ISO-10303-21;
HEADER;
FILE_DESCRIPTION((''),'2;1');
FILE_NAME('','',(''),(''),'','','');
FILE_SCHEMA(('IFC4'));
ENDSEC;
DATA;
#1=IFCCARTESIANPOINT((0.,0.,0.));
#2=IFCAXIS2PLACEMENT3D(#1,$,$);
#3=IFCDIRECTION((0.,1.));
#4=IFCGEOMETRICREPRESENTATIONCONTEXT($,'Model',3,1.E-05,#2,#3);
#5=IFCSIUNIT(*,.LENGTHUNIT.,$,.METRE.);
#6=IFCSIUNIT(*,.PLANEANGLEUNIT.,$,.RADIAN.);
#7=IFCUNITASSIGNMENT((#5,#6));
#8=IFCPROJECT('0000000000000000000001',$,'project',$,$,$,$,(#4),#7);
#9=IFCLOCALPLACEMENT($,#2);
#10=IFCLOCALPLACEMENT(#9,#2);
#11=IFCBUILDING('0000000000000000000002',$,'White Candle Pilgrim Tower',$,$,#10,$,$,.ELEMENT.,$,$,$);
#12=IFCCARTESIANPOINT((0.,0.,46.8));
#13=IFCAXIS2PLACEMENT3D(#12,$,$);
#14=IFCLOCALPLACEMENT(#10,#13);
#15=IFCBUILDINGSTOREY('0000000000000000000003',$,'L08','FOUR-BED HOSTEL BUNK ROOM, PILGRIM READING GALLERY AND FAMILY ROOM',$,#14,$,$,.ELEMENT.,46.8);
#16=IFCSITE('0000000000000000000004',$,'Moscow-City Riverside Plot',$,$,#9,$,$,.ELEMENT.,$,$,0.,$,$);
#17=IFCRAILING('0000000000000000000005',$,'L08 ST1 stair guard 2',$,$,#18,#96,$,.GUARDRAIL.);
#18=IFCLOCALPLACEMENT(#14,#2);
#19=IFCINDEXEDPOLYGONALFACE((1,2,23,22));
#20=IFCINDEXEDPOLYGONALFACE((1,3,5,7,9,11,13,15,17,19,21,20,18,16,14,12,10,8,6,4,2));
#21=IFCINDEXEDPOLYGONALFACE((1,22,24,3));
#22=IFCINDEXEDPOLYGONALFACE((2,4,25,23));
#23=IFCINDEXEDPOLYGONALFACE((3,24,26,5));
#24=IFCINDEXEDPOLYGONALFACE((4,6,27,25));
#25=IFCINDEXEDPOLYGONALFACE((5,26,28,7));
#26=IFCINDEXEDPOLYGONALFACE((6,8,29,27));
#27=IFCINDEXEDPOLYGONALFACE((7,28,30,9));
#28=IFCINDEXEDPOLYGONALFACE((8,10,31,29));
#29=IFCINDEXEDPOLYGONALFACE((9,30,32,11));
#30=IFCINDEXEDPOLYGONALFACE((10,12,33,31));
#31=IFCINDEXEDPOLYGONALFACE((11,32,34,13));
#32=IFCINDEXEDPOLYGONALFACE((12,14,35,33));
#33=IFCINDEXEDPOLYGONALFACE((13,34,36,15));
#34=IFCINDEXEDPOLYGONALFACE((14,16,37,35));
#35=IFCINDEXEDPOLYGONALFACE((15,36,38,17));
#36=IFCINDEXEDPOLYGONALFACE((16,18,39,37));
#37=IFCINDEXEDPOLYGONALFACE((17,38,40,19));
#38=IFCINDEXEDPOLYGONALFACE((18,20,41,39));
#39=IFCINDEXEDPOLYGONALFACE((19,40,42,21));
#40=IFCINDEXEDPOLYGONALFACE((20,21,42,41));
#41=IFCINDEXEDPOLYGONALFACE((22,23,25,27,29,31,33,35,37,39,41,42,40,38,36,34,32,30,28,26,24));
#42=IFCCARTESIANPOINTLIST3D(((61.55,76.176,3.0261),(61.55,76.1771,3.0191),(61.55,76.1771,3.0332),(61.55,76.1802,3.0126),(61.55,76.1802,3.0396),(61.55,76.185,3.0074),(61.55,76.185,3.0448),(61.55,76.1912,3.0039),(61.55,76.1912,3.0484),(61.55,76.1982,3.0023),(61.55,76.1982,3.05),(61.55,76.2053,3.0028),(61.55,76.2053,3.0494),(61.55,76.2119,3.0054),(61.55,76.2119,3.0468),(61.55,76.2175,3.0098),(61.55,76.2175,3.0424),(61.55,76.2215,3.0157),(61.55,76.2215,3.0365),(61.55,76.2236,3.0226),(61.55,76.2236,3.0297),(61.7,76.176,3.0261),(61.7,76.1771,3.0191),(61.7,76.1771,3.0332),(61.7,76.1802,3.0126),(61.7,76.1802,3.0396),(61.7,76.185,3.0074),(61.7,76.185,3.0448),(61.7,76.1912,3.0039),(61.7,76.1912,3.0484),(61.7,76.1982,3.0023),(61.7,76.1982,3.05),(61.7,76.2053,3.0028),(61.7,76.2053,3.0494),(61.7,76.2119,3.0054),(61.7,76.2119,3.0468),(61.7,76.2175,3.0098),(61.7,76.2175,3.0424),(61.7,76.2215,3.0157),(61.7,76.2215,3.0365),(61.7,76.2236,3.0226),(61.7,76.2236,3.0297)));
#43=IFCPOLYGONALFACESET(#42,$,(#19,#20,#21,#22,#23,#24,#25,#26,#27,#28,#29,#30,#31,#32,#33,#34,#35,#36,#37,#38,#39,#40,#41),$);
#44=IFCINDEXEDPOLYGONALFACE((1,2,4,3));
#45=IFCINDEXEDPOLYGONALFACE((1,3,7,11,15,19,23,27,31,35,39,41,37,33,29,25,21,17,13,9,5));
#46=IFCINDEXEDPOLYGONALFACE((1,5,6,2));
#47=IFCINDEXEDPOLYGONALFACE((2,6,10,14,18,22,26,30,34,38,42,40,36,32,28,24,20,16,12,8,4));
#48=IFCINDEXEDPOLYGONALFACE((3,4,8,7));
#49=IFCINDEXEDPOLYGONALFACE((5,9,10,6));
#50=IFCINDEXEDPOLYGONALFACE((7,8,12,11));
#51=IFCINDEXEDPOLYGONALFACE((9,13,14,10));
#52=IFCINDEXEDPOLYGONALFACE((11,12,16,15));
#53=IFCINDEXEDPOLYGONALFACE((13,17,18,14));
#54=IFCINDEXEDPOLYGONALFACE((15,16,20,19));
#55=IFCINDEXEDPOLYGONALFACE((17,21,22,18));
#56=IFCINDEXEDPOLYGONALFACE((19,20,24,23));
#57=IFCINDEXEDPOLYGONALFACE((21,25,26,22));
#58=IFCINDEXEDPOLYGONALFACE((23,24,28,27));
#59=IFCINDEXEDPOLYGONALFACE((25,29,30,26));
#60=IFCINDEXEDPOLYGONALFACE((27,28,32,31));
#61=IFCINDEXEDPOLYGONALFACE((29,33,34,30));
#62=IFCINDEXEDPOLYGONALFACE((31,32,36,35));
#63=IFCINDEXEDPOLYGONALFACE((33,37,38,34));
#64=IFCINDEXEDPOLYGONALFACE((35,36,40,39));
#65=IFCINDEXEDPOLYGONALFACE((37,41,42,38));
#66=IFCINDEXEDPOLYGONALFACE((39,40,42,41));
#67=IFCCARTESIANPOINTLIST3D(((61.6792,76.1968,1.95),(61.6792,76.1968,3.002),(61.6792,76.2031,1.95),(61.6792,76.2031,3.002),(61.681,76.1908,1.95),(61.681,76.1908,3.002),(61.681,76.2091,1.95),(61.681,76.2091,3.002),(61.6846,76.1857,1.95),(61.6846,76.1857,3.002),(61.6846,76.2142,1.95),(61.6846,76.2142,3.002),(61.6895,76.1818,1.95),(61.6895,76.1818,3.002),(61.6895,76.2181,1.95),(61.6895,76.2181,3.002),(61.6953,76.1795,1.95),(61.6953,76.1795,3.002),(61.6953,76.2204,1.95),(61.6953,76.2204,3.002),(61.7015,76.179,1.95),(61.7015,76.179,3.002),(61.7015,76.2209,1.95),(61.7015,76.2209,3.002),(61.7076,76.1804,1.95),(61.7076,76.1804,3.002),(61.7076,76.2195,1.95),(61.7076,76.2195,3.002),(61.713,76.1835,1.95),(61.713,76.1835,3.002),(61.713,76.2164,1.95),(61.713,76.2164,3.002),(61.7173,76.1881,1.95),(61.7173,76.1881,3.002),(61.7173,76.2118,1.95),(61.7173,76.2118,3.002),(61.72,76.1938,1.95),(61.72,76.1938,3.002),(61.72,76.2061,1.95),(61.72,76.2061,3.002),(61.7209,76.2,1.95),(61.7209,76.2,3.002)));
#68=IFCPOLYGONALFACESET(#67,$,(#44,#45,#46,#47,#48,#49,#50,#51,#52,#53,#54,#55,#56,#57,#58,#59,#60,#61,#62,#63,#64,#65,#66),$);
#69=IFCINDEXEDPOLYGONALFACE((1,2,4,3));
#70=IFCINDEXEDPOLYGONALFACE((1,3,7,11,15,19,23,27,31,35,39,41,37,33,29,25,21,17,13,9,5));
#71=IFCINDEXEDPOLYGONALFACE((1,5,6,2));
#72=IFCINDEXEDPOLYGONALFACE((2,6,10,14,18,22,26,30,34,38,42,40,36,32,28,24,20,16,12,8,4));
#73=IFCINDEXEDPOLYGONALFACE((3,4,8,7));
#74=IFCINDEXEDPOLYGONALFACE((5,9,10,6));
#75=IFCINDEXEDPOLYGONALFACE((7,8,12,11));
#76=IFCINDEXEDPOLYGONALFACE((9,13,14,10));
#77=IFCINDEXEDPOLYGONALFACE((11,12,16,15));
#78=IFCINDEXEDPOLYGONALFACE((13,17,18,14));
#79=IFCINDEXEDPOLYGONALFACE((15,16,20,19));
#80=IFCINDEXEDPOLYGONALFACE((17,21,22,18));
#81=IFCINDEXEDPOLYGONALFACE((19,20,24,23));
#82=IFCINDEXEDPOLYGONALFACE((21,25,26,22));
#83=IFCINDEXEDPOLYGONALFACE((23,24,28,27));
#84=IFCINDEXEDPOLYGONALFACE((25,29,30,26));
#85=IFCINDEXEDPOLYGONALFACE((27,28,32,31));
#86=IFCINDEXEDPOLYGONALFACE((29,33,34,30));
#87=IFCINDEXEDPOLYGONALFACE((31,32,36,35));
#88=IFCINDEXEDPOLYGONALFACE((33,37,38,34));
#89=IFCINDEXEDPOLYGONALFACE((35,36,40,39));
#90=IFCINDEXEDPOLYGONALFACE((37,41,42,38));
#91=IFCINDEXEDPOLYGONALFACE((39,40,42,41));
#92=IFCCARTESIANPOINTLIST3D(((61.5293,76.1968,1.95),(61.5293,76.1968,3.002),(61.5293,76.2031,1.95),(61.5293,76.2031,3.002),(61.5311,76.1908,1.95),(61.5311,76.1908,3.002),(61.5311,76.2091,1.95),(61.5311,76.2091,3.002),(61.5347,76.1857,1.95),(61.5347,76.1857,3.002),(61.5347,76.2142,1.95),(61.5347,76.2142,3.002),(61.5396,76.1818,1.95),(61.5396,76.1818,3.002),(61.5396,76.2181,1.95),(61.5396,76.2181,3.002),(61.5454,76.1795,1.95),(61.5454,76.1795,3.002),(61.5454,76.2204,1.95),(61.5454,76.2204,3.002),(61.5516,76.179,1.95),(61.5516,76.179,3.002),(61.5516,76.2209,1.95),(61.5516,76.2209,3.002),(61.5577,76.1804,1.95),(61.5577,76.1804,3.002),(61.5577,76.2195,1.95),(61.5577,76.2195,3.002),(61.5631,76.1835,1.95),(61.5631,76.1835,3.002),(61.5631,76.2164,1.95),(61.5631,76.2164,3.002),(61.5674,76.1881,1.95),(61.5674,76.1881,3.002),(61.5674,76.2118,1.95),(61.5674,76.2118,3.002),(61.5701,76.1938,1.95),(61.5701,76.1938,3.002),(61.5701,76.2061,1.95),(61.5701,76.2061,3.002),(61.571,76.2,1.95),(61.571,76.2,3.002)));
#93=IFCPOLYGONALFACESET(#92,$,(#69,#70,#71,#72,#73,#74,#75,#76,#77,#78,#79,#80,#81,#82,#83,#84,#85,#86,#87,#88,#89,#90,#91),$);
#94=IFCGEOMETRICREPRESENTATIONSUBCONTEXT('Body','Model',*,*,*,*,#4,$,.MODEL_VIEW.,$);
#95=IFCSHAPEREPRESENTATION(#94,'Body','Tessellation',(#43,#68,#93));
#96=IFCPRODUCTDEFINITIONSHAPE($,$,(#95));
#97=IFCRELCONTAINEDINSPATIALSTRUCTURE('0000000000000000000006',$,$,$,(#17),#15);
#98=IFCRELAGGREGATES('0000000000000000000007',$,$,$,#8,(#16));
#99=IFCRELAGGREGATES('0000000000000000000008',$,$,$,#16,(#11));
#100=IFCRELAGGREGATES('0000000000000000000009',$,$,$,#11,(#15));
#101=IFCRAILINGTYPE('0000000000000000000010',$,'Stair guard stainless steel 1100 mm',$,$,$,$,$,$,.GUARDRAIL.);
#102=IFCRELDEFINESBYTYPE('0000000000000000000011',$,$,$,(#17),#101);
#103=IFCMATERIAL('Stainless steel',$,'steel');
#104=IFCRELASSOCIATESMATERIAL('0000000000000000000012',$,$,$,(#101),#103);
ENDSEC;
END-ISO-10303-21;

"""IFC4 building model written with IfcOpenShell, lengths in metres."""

from ifc_helpers import new_model, si_unit, direction, frame, origin, origin_2d, place, context, subcontext, project, spatial, circle, extrude, material, type_object, element, save


model = new_model("IFC4")

# Units and contexts
model_context = context("Model", 3, precision=1e-05, world=origin(), true_north=direction((0.0, 1.0)))
body_context = subcontext(model_context, "Body", "Model", "MODEL_VIEW")
ifc_project = project(units=[si_unit("LENGTHUNIT", "METRE"), si_unit("PLANEANGLEUNIT", "RADIAN")], contexts=[model_context])

# Site, building, storey
site_placement = place(None, origin())
site = spatial("IfcSite", under=ifc_project, at=site_placement, Name="Moscow-City Riverside Plot", CompositionType="ELEMENT", RefElevation=0.0)
building_placement = place(site_placement, origin())
building = spatial("IfcBuilding", under=site, at=building_placement, Name="White Candle Pilgrim Tower", CompositionType="ELEMENT")
storey_placement = place(building_placement, frame((0.0, 0.0, 46.8)))
storey = spatial("IfcBuildingStorey", under=building, at=storey_placement, Name="L08", Description="FOUR-BED HOSTEL BUNK ROOM, PILGRIM READING GALLERY AND FAMILY ROOM", CompositionType="ELEMENT", Elevation=46.8)

# Railing
ifc_material_1 = material(Name="Stainless steel", Category="steel")
railing_type_1 = type_object("IfcRailingType", Name="Stair guard stainless steel 1100 mm", PredefinedType="GUARDRAIL", material=ifc_material_1)
railing_1_placement = place(storey_placement, frame((61.7, 76.2, 1.95)))
element("IfcRailing", 1, at=railing_1_placement, inside=storey, type_object=railing_type_1, Name="L08 ST1 stair guard 2", PredefinedType="GUARDRAIL", context=body_context, shape_type="SweptSolid", body=[
    extrude(circle(Radius=0.0239, at=origin_2d()), frame((0.0, 0.0, 1.0762), z_axis=(-1.0, 0.0, 0.0), x_axis=(0.0, -1.0, 0.0)), (0.0, 0.0, 1.0), 0.1499),
    extrude(circle(Radius=0.021, at=origin_2d()), origin(), (0.0, 0.0, 1.0), 1.052),
    extrude(circle(Radius=0.021, at=origin_2d()), frame((-0.1499, 0.0, 0.0)), (0.0, 0.0, 1.0), 1.052),
])

save(model, "model.ifc")
